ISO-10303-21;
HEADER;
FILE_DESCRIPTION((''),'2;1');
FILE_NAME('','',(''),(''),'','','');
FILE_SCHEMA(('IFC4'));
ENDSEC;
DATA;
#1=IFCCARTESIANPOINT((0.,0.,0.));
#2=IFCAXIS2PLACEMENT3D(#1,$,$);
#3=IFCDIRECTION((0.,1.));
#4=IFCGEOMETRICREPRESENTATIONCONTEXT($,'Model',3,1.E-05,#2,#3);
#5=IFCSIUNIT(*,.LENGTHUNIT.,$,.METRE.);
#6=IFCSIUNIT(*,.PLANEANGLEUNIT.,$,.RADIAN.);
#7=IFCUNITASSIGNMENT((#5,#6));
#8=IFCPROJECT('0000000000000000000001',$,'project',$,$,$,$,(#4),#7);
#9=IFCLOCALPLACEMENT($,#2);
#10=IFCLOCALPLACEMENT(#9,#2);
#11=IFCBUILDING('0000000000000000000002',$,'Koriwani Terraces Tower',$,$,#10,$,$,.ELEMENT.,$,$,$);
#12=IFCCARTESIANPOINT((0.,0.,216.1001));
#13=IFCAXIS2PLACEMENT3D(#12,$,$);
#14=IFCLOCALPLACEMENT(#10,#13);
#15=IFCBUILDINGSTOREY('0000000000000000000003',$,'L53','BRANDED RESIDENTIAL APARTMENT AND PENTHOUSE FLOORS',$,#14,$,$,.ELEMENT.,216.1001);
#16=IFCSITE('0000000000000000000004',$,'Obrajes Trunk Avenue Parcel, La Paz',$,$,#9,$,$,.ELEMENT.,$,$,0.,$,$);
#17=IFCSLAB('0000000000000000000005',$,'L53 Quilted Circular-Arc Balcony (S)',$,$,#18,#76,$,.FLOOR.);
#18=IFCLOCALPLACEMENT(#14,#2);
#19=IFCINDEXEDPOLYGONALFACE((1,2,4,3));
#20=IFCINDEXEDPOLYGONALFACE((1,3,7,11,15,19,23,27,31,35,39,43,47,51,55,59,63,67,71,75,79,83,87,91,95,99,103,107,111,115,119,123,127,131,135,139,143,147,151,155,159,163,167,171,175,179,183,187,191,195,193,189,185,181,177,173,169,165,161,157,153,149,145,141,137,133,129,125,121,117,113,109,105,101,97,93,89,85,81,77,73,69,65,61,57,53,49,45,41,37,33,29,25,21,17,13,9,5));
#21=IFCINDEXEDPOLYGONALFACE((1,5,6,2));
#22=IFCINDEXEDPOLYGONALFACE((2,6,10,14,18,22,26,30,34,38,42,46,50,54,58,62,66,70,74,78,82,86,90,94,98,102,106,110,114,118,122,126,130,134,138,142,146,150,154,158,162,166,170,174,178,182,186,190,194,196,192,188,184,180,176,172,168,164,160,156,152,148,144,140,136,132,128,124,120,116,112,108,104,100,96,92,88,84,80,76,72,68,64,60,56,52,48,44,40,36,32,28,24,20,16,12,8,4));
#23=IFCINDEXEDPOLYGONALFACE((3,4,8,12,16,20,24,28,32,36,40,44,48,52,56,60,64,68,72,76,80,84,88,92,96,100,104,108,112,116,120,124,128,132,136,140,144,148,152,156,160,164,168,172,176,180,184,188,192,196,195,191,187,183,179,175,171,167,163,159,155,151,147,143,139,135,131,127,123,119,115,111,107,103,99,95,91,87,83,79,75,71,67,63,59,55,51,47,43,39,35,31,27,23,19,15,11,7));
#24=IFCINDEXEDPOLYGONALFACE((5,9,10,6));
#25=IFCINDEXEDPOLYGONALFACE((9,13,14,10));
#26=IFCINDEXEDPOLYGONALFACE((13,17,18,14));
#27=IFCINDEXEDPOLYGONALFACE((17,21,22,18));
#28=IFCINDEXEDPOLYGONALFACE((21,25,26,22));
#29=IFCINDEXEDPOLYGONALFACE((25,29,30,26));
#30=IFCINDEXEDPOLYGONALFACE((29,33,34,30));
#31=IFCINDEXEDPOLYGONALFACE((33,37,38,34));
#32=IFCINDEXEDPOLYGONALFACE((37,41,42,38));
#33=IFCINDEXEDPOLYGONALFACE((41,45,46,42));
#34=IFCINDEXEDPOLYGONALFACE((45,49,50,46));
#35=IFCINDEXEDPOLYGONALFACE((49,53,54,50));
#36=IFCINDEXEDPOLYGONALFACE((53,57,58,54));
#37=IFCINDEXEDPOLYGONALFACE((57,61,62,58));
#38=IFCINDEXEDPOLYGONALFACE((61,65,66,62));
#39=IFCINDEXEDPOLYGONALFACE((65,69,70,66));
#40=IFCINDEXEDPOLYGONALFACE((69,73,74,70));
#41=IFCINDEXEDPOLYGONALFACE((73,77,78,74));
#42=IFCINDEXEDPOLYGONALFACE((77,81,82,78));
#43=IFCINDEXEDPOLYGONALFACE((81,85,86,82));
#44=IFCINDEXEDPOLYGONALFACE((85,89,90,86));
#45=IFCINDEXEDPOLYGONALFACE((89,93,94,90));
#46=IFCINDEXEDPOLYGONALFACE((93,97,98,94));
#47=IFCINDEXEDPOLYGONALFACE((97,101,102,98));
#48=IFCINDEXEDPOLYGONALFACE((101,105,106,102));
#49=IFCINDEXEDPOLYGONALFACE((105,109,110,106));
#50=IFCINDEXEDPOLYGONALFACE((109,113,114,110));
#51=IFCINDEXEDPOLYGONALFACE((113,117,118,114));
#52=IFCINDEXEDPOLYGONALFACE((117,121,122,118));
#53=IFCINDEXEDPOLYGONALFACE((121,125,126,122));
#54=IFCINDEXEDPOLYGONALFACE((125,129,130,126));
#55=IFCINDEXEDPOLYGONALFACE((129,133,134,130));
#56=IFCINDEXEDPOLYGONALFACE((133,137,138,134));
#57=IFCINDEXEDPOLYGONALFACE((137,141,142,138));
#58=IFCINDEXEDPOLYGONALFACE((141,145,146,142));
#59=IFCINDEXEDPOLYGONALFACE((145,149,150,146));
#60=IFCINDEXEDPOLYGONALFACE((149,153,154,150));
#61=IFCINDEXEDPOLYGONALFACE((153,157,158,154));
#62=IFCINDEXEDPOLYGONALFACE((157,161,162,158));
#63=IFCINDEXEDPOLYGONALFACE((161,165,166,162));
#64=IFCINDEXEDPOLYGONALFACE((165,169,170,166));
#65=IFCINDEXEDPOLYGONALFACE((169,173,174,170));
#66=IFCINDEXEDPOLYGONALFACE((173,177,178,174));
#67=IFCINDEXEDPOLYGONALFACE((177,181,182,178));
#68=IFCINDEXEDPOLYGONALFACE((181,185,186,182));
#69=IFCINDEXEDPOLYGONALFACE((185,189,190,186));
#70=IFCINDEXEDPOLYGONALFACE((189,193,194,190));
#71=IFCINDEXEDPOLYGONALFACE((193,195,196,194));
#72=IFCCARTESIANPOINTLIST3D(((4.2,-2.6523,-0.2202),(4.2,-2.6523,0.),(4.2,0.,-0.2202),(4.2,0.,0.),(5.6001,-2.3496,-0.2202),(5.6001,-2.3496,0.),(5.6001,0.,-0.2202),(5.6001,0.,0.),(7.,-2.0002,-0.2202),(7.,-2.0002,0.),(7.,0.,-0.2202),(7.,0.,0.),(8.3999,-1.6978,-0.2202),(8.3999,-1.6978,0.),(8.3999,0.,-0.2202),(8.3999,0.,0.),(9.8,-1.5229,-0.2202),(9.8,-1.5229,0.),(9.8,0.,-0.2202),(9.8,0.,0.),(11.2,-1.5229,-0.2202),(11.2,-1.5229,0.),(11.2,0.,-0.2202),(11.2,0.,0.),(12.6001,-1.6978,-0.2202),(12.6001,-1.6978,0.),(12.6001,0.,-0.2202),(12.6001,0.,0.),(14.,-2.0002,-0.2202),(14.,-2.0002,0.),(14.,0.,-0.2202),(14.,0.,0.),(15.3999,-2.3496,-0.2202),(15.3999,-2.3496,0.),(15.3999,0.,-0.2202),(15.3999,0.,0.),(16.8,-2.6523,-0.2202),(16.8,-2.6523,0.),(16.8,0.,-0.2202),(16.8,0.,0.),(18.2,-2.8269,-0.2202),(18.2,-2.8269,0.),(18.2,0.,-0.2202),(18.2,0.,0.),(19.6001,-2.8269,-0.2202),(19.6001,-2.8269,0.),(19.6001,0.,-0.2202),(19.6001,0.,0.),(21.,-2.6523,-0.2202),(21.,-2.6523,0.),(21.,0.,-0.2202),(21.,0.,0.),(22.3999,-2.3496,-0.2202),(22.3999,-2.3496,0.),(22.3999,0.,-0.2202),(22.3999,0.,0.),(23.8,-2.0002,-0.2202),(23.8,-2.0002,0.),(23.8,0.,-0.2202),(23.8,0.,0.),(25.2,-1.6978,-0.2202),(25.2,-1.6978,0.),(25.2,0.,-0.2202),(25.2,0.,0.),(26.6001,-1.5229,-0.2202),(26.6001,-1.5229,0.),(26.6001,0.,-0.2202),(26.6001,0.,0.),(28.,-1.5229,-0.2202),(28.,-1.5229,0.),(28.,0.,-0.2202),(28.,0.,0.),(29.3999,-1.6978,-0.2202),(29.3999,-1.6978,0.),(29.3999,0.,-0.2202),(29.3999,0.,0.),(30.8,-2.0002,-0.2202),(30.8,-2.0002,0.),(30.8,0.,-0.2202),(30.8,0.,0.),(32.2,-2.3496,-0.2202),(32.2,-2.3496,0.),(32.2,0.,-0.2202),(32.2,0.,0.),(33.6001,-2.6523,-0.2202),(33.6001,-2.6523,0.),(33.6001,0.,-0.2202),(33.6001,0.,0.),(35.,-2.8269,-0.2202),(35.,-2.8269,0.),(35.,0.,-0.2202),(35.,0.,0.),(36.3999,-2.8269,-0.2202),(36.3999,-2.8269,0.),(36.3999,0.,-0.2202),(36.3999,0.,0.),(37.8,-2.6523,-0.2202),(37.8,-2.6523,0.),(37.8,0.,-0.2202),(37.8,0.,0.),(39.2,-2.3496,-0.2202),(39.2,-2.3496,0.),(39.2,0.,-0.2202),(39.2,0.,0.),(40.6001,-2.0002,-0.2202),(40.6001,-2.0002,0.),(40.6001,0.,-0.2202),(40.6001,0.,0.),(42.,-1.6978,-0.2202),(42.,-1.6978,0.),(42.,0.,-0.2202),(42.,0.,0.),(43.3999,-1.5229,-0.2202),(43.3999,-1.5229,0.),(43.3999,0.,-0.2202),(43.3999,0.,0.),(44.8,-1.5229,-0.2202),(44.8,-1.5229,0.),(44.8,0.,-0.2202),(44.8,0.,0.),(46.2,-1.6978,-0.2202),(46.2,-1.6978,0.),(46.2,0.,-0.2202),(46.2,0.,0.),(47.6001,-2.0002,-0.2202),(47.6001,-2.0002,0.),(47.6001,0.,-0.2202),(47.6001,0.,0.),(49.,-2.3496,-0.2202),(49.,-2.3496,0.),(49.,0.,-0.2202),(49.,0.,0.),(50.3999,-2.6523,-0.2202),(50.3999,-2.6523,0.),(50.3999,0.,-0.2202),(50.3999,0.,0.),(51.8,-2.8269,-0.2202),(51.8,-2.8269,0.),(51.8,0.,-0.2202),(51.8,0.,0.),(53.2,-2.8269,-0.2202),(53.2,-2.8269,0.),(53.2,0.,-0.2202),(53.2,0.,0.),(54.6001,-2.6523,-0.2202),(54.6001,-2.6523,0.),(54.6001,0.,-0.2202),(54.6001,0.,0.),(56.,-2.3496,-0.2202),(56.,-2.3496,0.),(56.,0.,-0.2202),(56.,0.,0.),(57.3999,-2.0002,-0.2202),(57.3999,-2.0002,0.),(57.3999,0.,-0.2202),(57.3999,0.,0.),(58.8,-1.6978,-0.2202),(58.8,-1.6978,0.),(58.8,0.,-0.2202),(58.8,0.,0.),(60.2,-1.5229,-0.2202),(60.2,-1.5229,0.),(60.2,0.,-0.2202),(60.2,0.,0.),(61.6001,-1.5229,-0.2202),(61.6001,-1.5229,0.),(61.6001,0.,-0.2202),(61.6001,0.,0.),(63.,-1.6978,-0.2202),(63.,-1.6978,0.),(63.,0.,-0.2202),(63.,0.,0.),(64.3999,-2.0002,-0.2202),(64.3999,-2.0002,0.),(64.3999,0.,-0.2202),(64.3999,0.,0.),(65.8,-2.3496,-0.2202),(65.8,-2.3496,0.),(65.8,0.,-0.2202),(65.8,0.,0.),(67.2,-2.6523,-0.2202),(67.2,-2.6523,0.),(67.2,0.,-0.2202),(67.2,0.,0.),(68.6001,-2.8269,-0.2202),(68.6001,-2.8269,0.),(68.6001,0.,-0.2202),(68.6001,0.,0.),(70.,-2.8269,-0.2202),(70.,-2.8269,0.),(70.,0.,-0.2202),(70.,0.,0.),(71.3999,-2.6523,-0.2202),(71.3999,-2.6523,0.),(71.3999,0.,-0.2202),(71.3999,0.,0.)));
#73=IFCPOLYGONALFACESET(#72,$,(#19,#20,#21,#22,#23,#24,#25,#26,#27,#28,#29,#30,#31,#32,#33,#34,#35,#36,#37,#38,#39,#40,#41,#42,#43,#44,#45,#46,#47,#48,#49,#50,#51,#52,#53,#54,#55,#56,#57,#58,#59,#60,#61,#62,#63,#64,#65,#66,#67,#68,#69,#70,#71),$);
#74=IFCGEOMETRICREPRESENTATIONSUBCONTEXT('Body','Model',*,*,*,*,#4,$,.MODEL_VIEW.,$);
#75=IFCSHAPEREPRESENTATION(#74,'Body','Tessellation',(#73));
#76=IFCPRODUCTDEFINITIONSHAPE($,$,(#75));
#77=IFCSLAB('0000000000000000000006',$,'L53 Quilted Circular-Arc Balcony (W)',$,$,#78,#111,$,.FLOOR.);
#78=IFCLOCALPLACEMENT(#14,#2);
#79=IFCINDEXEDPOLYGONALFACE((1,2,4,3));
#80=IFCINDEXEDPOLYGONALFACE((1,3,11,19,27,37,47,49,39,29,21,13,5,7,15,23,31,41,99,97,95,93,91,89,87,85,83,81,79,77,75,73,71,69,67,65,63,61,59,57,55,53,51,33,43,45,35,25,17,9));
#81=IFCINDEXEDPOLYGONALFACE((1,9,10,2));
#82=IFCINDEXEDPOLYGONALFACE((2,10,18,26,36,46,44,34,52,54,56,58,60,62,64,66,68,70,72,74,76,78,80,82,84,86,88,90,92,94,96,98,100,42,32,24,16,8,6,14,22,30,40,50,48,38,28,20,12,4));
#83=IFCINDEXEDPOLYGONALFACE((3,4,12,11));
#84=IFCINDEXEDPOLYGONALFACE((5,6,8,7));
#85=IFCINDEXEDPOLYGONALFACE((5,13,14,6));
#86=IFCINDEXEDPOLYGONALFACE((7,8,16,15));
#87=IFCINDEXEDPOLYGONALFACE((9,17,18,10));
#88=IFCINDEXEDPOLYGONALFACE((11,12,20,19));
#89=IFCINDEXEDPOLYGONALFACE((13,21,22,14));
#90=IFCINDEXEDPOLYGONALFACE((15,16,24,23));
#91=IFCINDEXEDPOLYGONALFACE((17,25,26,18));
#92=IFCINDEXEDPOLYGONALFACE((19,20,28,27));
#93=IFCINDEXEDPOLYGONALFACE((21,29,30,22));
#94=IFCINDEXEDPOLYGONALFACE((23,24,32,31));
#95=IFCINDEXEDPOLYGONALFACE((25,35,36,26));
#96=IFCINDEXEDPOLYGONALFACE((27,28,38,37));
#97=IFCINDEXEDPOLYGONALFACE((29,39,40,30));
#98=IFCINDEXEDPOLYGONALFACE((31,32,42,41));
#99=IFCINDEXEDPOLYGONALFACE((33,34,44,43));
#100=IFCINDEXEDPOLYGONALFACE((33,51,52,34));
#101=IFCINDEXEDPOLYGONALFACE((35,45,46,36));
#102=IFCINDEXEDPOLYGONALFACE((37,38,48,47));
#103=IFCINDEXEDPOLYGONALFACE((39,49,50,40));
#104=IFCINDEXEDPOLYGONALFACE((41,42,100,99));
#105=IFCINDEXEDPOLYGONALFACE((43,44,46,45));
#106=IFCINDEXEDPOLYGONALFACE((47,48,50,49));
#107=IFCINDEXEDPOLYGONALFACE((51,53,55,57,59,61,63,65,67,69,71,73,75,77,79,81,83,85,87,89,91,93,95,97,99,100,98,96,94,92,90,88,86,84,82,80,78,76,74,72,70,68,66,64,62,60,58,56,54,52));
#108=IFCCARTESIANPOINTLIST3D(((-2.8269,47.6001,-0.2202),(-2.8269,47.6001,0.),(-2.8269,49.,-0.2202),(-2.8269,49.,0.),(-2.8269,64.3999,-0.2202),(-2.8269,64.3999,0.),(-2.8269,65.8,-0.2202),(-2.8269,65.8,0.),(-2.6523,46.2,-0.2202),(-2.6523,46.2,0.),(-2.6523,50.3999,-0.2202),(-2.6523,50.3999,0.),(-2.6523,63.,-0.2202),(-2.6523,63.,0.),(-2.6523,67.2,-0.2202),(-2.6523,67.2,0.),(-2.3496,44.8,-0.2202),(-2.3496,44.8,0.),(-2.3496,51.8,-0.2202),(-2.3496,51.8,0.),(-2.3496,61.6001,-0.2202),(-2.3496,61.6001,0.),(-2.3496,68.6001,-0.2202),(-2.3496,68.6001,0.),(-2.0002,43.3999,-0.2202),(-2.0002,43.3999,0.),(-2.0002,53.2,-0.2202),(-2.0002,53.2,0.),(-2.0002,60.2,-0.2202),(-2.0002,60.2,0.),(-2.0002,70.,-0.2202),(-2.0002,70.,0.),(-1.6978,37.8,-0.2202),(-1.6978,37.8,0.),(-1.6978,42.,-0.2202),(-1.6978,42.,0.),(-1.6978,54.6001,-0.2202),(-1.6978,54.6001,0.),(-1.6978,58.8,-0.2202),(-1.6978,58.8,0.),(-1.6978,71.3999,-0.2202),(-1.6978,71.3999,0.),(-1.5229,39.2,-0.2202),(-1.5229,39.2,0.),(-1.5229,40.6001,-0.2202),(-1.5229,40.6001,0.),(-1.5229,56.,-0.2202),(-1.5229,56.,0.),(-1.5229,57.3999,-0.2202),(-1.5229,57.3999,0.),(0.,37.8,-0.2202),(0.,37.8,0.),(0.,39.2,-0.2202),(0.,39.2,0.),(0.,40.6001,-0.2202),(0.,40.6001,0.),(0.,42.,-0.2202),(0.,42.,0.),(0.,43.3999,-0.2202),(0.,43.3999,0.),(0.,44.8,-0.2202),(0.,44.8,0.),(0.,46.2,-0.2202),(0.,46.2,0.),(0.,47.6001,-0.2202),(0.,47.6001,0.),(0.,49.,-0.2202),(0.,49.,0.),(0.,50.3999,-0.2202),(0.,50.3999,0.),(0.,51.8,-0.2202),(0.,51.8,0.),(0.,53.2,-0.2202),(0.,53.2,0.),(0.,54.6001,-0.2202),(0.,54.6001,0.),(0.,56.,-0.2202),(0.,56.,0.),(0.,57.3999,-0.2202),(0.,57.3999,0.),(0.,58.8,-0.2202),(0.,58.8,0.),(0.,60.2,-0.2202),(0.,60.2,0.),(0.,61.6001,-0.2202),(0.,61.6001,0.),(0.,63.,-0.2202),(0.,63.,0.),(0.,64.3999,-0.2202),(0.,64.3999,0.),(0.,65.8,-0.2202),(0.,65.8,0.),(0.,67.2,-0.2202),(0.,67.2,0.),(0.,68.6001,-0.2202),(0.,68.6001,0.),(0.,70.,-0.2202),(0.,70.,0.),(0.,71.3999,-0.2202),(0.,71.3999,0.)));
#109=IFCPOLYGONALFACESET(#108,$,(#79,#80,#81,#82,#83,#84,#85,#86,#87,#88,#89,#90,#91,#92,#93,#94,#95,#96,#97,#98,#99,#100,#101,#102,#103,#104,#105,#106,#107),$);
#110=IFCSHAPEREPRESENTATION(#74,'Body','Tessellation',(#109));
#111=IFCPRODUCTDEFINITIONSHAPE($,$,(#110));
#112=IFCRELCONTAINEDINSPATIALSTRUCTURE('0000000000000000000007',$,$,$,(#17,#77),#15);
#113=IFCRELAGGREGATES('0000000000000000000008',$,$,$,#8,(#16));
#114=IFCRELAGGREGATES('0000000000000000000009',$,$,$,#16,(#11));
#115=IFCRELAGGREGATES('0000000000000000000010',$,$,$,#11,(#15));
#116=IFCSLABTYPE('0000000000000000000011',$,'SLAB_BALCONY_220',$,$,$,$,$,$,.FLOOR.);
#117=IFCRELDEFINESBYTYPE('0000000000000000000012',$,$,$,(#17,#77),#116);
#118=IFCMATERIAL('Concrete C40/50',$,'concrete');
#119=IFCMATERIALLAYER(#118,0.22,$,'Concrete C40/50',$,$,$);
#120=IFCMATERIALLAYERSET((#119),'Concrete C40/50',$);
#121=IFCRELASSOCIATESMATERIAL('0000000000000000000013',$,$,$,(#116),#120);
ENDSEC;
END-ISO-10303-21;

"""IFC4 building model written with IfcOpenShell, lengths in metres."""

from ifc_helpers import new_model, si_unit, direction, frame, origin, place, context, subcontext, project, spatial, polyline, outline, extrude, material, layer, layer_set, type_object, element, save


model = new_model("IFC4")

# Units and contexts
model_context = context("Model", 3, precision=1e-05, world=origin(), true_north=direction((0.0, 1.0)))
body_context = subcontext(model_context, "Body", "Model", "MODEL_VIEW")
ifc_project = project(units=[si_unit("LENGTHUNIT", "METRE"), si_unit("PLANEANGLEUNIT", "RADIAN")], contexts=[model_context])

# Site, building, storey
site_placement = place(None, origin())
site = spatial("IfcSite", under=ifc_project, at=site_placement, Name="Obrajes Trunk Avenue Parcel, La Paz", CompositionType="ELEMENT", RefElevation=0.0)
building_placement = place(site_placement, origin())
building = spatial("IfcBuilding", under=site, at=building_placement, Name="Koriwani Terraces Tower", CompositionType="ELEMENT")
storey_placement = place(building_placement, frame((0.0, 0.0, 216.1001)))
storey = spatial("IfcBuildingStorey", under=building, at=storey_placement, Name="L53", Description="BRANDED RESIDENTIAL APARTMENT AND PENTHOUSE FLOORS", CompositionType="ELEMENT", Elevation=216.1001)

# Shared definitions
ifc_material_1 = material(Name="Concrete C40/50", Category="concrete")

# Slabs
ifc_layer_1 = layer(ifc_material_1, 0.22, Name="Concrete C40/50")
ifc_layer_set_1 = layer_set([ifc_layer_1], Name="Concrete C40/50")
slab_type_1 = type_object("IfcSlabType", Name="SLAB_BALCONY_220", PredefinedType="FLOOR", material=ifc_layer_set_1)
slab_1_placement = place(storey_placement, frame((0.0, 0.0, -0.2202)))
element("IfcSlab", 1, at=slab_1_placement, inside=storey, type_object=slab_type_1, Name="L53 Quilted Circular-Arc Balcony (S)", PredefinedType="FLOOR", context=body_context, shape_type="SweptSolid", body=[
    extrude(outline(polyline([(4.2, 0.0), (5.6001, 0.0), (7.0, 0.0), (8.3999, 0.0), (9.8, 0.0), (11.2, 0.0), (12.6001, 0.0), (14.0, 0.0), (15.3999, 0.0), (16.8, 0.0), (18.2, 0.0), (19.6001, 0.0), (21.0, 0.0), (22.3999, 0.0), (23.8, 0.0), (25.2, 0.0), (26.6001, 0.0), (28.0, 0.0), (29.3999, 0.0), (30.8, 0.0), (32.2, 0.0), (33.6001, 0.0), (35.0, 0.0), (36.3999, 0.0), (37.8, 0.0), (39.2, 0.0), (40.6001, 0.0), (42.0, 0.0), (43.3999, 0.0), (44.8, 0.0), (46.2, 0.0), (47.6001, 0.0), (49.0, 0.0), (50.3999, 0.0), (51.8, 0.0), (53.2, 0.0), (54.6001, 0.0), (56.0, 0.0), (57.3999, 0.0), (58.8, 0.0), (60.2, 0.0), (61.6001, 0.0), (63.0, 0.0), (64.3999, 0.0), (65.8, 0.0), (67.2, 0.0), (68.6001, 0.0), (70.0, 0.0), (71.3999, 0.0), (71.3999, -2.6523), (70.0, -2.8269), (68.6001, -2.8269), (67.2, -2.6523), (65.8, -2.3496), (64.3999, -2.0002), (63.0, -1.6978), (61.6001, -1.5229), (60.2, -1.5229), (58.8, -1.6978), (57.3999, -2.0002), (56.0, -2.3496), (54.6001, -2.6523), (53.2, -2.8269), (51.8, -2.8269), (50.3999, -2.6523), (49.0, -2.3496), (47.6001, -2.0002), (46.2, -1.6978), (44.8, -1.5229), (43.3999, -1.5229), (42.0, -1.6978), (40.6001, -2.0002), (39.2, -2.3496), (37.8, -2.6523), (36.3999, -2.8269), (35.0, -2.8269), (33.6001, -2.6523), (32.2, -2.3496), (30.8, -2.0002), (29.3999, -1.6978), (28.0, -1.5229), (26.6001, -1.5229), (25.2, -1.6978), (23.8, -2.0002), (22.3999, -2.3496), (21.0, -2.6523), (19.6001, -2.8269), (18.2, -2.8269), (16.8, -2.6523), (15.3999, -2.3496), (14.0, -2.0002), (12.6001, -1.6978), (11.2, -1.5229), (9.8, -1.5229), (8.3999, -1.6978), (7.0, -2.0002), (5.6001, -2.3496), (4.2, -2.6523), (4.2, 0.0)])), origin(), (0.0, 0.0, 1.0), 0.2202),
])
slab_2_placement = place(storey_placement, frame((0.0, 0.0, -0.2202)))
element("IfcSlab", 2, at=slab_2_placement, inside=storey, type_object=slab_type_1, Name="L53 Quilted Circular-Arc Balcony (W)", PredefinedType="FLOOR", context=body_context, shape_type="SweptSolid", body=[
    extrude(outline(polyline([(0.0, 37.8), (0.0, 39.2), (0.0, 40.6001), (0.0, 42.0), (0.0, 43.3999), (0.0, 44.8), (0.0, 46.2), (0.0, 47.6001), (0.0, 49.0), (0.0, 50.3999), (0.0, 51.8), (0.0, 53.2), (0.0, 54.6001), (0.0, 56.0), (0.0, 57.3999), (0.0, 58.8), (0.0, 60.2), (0.0, 61.6001), (0.0, 63.0), (0.0, 64.3999), (0.0, 65.8), (0.0, 67.2), (0.0, 68.6001), (0.0, 70.0), (0.0, 71.3999), (-1.6978, 71.3999), (-2.0002, 70.0), (-2.3496, 68.6001), (-2.6523, 67.2), (-2.8269, 65.8), (-2.8269, 64.3999), (-2.6523, 63.0), (-2.3496, 61.6001), (-2.0002, 60.2), (-1.6978, 58.8), (-1.5229, 57.3999), (-1.5229, 56.0), (-1.6978, 54.6001), (-2.0002, 53.2), (-2.3496, 51.8), (-2.6523, 50.3999), (-2.8269, 49.0), (-2.8269, 47.6001), (-2.6523, 46.2), (-2.3496, 44.8), (-2.0002, 43.3999), (-1.6978, 42.0), (-1.5229, 40.6001), (-1.5229, 39.2), (-1.6978, 37.8), (0.0, 37.8)])), origin(), (0.0, 0.0, 1.0), 0.2202),
])

save(model, "model.ifc")
